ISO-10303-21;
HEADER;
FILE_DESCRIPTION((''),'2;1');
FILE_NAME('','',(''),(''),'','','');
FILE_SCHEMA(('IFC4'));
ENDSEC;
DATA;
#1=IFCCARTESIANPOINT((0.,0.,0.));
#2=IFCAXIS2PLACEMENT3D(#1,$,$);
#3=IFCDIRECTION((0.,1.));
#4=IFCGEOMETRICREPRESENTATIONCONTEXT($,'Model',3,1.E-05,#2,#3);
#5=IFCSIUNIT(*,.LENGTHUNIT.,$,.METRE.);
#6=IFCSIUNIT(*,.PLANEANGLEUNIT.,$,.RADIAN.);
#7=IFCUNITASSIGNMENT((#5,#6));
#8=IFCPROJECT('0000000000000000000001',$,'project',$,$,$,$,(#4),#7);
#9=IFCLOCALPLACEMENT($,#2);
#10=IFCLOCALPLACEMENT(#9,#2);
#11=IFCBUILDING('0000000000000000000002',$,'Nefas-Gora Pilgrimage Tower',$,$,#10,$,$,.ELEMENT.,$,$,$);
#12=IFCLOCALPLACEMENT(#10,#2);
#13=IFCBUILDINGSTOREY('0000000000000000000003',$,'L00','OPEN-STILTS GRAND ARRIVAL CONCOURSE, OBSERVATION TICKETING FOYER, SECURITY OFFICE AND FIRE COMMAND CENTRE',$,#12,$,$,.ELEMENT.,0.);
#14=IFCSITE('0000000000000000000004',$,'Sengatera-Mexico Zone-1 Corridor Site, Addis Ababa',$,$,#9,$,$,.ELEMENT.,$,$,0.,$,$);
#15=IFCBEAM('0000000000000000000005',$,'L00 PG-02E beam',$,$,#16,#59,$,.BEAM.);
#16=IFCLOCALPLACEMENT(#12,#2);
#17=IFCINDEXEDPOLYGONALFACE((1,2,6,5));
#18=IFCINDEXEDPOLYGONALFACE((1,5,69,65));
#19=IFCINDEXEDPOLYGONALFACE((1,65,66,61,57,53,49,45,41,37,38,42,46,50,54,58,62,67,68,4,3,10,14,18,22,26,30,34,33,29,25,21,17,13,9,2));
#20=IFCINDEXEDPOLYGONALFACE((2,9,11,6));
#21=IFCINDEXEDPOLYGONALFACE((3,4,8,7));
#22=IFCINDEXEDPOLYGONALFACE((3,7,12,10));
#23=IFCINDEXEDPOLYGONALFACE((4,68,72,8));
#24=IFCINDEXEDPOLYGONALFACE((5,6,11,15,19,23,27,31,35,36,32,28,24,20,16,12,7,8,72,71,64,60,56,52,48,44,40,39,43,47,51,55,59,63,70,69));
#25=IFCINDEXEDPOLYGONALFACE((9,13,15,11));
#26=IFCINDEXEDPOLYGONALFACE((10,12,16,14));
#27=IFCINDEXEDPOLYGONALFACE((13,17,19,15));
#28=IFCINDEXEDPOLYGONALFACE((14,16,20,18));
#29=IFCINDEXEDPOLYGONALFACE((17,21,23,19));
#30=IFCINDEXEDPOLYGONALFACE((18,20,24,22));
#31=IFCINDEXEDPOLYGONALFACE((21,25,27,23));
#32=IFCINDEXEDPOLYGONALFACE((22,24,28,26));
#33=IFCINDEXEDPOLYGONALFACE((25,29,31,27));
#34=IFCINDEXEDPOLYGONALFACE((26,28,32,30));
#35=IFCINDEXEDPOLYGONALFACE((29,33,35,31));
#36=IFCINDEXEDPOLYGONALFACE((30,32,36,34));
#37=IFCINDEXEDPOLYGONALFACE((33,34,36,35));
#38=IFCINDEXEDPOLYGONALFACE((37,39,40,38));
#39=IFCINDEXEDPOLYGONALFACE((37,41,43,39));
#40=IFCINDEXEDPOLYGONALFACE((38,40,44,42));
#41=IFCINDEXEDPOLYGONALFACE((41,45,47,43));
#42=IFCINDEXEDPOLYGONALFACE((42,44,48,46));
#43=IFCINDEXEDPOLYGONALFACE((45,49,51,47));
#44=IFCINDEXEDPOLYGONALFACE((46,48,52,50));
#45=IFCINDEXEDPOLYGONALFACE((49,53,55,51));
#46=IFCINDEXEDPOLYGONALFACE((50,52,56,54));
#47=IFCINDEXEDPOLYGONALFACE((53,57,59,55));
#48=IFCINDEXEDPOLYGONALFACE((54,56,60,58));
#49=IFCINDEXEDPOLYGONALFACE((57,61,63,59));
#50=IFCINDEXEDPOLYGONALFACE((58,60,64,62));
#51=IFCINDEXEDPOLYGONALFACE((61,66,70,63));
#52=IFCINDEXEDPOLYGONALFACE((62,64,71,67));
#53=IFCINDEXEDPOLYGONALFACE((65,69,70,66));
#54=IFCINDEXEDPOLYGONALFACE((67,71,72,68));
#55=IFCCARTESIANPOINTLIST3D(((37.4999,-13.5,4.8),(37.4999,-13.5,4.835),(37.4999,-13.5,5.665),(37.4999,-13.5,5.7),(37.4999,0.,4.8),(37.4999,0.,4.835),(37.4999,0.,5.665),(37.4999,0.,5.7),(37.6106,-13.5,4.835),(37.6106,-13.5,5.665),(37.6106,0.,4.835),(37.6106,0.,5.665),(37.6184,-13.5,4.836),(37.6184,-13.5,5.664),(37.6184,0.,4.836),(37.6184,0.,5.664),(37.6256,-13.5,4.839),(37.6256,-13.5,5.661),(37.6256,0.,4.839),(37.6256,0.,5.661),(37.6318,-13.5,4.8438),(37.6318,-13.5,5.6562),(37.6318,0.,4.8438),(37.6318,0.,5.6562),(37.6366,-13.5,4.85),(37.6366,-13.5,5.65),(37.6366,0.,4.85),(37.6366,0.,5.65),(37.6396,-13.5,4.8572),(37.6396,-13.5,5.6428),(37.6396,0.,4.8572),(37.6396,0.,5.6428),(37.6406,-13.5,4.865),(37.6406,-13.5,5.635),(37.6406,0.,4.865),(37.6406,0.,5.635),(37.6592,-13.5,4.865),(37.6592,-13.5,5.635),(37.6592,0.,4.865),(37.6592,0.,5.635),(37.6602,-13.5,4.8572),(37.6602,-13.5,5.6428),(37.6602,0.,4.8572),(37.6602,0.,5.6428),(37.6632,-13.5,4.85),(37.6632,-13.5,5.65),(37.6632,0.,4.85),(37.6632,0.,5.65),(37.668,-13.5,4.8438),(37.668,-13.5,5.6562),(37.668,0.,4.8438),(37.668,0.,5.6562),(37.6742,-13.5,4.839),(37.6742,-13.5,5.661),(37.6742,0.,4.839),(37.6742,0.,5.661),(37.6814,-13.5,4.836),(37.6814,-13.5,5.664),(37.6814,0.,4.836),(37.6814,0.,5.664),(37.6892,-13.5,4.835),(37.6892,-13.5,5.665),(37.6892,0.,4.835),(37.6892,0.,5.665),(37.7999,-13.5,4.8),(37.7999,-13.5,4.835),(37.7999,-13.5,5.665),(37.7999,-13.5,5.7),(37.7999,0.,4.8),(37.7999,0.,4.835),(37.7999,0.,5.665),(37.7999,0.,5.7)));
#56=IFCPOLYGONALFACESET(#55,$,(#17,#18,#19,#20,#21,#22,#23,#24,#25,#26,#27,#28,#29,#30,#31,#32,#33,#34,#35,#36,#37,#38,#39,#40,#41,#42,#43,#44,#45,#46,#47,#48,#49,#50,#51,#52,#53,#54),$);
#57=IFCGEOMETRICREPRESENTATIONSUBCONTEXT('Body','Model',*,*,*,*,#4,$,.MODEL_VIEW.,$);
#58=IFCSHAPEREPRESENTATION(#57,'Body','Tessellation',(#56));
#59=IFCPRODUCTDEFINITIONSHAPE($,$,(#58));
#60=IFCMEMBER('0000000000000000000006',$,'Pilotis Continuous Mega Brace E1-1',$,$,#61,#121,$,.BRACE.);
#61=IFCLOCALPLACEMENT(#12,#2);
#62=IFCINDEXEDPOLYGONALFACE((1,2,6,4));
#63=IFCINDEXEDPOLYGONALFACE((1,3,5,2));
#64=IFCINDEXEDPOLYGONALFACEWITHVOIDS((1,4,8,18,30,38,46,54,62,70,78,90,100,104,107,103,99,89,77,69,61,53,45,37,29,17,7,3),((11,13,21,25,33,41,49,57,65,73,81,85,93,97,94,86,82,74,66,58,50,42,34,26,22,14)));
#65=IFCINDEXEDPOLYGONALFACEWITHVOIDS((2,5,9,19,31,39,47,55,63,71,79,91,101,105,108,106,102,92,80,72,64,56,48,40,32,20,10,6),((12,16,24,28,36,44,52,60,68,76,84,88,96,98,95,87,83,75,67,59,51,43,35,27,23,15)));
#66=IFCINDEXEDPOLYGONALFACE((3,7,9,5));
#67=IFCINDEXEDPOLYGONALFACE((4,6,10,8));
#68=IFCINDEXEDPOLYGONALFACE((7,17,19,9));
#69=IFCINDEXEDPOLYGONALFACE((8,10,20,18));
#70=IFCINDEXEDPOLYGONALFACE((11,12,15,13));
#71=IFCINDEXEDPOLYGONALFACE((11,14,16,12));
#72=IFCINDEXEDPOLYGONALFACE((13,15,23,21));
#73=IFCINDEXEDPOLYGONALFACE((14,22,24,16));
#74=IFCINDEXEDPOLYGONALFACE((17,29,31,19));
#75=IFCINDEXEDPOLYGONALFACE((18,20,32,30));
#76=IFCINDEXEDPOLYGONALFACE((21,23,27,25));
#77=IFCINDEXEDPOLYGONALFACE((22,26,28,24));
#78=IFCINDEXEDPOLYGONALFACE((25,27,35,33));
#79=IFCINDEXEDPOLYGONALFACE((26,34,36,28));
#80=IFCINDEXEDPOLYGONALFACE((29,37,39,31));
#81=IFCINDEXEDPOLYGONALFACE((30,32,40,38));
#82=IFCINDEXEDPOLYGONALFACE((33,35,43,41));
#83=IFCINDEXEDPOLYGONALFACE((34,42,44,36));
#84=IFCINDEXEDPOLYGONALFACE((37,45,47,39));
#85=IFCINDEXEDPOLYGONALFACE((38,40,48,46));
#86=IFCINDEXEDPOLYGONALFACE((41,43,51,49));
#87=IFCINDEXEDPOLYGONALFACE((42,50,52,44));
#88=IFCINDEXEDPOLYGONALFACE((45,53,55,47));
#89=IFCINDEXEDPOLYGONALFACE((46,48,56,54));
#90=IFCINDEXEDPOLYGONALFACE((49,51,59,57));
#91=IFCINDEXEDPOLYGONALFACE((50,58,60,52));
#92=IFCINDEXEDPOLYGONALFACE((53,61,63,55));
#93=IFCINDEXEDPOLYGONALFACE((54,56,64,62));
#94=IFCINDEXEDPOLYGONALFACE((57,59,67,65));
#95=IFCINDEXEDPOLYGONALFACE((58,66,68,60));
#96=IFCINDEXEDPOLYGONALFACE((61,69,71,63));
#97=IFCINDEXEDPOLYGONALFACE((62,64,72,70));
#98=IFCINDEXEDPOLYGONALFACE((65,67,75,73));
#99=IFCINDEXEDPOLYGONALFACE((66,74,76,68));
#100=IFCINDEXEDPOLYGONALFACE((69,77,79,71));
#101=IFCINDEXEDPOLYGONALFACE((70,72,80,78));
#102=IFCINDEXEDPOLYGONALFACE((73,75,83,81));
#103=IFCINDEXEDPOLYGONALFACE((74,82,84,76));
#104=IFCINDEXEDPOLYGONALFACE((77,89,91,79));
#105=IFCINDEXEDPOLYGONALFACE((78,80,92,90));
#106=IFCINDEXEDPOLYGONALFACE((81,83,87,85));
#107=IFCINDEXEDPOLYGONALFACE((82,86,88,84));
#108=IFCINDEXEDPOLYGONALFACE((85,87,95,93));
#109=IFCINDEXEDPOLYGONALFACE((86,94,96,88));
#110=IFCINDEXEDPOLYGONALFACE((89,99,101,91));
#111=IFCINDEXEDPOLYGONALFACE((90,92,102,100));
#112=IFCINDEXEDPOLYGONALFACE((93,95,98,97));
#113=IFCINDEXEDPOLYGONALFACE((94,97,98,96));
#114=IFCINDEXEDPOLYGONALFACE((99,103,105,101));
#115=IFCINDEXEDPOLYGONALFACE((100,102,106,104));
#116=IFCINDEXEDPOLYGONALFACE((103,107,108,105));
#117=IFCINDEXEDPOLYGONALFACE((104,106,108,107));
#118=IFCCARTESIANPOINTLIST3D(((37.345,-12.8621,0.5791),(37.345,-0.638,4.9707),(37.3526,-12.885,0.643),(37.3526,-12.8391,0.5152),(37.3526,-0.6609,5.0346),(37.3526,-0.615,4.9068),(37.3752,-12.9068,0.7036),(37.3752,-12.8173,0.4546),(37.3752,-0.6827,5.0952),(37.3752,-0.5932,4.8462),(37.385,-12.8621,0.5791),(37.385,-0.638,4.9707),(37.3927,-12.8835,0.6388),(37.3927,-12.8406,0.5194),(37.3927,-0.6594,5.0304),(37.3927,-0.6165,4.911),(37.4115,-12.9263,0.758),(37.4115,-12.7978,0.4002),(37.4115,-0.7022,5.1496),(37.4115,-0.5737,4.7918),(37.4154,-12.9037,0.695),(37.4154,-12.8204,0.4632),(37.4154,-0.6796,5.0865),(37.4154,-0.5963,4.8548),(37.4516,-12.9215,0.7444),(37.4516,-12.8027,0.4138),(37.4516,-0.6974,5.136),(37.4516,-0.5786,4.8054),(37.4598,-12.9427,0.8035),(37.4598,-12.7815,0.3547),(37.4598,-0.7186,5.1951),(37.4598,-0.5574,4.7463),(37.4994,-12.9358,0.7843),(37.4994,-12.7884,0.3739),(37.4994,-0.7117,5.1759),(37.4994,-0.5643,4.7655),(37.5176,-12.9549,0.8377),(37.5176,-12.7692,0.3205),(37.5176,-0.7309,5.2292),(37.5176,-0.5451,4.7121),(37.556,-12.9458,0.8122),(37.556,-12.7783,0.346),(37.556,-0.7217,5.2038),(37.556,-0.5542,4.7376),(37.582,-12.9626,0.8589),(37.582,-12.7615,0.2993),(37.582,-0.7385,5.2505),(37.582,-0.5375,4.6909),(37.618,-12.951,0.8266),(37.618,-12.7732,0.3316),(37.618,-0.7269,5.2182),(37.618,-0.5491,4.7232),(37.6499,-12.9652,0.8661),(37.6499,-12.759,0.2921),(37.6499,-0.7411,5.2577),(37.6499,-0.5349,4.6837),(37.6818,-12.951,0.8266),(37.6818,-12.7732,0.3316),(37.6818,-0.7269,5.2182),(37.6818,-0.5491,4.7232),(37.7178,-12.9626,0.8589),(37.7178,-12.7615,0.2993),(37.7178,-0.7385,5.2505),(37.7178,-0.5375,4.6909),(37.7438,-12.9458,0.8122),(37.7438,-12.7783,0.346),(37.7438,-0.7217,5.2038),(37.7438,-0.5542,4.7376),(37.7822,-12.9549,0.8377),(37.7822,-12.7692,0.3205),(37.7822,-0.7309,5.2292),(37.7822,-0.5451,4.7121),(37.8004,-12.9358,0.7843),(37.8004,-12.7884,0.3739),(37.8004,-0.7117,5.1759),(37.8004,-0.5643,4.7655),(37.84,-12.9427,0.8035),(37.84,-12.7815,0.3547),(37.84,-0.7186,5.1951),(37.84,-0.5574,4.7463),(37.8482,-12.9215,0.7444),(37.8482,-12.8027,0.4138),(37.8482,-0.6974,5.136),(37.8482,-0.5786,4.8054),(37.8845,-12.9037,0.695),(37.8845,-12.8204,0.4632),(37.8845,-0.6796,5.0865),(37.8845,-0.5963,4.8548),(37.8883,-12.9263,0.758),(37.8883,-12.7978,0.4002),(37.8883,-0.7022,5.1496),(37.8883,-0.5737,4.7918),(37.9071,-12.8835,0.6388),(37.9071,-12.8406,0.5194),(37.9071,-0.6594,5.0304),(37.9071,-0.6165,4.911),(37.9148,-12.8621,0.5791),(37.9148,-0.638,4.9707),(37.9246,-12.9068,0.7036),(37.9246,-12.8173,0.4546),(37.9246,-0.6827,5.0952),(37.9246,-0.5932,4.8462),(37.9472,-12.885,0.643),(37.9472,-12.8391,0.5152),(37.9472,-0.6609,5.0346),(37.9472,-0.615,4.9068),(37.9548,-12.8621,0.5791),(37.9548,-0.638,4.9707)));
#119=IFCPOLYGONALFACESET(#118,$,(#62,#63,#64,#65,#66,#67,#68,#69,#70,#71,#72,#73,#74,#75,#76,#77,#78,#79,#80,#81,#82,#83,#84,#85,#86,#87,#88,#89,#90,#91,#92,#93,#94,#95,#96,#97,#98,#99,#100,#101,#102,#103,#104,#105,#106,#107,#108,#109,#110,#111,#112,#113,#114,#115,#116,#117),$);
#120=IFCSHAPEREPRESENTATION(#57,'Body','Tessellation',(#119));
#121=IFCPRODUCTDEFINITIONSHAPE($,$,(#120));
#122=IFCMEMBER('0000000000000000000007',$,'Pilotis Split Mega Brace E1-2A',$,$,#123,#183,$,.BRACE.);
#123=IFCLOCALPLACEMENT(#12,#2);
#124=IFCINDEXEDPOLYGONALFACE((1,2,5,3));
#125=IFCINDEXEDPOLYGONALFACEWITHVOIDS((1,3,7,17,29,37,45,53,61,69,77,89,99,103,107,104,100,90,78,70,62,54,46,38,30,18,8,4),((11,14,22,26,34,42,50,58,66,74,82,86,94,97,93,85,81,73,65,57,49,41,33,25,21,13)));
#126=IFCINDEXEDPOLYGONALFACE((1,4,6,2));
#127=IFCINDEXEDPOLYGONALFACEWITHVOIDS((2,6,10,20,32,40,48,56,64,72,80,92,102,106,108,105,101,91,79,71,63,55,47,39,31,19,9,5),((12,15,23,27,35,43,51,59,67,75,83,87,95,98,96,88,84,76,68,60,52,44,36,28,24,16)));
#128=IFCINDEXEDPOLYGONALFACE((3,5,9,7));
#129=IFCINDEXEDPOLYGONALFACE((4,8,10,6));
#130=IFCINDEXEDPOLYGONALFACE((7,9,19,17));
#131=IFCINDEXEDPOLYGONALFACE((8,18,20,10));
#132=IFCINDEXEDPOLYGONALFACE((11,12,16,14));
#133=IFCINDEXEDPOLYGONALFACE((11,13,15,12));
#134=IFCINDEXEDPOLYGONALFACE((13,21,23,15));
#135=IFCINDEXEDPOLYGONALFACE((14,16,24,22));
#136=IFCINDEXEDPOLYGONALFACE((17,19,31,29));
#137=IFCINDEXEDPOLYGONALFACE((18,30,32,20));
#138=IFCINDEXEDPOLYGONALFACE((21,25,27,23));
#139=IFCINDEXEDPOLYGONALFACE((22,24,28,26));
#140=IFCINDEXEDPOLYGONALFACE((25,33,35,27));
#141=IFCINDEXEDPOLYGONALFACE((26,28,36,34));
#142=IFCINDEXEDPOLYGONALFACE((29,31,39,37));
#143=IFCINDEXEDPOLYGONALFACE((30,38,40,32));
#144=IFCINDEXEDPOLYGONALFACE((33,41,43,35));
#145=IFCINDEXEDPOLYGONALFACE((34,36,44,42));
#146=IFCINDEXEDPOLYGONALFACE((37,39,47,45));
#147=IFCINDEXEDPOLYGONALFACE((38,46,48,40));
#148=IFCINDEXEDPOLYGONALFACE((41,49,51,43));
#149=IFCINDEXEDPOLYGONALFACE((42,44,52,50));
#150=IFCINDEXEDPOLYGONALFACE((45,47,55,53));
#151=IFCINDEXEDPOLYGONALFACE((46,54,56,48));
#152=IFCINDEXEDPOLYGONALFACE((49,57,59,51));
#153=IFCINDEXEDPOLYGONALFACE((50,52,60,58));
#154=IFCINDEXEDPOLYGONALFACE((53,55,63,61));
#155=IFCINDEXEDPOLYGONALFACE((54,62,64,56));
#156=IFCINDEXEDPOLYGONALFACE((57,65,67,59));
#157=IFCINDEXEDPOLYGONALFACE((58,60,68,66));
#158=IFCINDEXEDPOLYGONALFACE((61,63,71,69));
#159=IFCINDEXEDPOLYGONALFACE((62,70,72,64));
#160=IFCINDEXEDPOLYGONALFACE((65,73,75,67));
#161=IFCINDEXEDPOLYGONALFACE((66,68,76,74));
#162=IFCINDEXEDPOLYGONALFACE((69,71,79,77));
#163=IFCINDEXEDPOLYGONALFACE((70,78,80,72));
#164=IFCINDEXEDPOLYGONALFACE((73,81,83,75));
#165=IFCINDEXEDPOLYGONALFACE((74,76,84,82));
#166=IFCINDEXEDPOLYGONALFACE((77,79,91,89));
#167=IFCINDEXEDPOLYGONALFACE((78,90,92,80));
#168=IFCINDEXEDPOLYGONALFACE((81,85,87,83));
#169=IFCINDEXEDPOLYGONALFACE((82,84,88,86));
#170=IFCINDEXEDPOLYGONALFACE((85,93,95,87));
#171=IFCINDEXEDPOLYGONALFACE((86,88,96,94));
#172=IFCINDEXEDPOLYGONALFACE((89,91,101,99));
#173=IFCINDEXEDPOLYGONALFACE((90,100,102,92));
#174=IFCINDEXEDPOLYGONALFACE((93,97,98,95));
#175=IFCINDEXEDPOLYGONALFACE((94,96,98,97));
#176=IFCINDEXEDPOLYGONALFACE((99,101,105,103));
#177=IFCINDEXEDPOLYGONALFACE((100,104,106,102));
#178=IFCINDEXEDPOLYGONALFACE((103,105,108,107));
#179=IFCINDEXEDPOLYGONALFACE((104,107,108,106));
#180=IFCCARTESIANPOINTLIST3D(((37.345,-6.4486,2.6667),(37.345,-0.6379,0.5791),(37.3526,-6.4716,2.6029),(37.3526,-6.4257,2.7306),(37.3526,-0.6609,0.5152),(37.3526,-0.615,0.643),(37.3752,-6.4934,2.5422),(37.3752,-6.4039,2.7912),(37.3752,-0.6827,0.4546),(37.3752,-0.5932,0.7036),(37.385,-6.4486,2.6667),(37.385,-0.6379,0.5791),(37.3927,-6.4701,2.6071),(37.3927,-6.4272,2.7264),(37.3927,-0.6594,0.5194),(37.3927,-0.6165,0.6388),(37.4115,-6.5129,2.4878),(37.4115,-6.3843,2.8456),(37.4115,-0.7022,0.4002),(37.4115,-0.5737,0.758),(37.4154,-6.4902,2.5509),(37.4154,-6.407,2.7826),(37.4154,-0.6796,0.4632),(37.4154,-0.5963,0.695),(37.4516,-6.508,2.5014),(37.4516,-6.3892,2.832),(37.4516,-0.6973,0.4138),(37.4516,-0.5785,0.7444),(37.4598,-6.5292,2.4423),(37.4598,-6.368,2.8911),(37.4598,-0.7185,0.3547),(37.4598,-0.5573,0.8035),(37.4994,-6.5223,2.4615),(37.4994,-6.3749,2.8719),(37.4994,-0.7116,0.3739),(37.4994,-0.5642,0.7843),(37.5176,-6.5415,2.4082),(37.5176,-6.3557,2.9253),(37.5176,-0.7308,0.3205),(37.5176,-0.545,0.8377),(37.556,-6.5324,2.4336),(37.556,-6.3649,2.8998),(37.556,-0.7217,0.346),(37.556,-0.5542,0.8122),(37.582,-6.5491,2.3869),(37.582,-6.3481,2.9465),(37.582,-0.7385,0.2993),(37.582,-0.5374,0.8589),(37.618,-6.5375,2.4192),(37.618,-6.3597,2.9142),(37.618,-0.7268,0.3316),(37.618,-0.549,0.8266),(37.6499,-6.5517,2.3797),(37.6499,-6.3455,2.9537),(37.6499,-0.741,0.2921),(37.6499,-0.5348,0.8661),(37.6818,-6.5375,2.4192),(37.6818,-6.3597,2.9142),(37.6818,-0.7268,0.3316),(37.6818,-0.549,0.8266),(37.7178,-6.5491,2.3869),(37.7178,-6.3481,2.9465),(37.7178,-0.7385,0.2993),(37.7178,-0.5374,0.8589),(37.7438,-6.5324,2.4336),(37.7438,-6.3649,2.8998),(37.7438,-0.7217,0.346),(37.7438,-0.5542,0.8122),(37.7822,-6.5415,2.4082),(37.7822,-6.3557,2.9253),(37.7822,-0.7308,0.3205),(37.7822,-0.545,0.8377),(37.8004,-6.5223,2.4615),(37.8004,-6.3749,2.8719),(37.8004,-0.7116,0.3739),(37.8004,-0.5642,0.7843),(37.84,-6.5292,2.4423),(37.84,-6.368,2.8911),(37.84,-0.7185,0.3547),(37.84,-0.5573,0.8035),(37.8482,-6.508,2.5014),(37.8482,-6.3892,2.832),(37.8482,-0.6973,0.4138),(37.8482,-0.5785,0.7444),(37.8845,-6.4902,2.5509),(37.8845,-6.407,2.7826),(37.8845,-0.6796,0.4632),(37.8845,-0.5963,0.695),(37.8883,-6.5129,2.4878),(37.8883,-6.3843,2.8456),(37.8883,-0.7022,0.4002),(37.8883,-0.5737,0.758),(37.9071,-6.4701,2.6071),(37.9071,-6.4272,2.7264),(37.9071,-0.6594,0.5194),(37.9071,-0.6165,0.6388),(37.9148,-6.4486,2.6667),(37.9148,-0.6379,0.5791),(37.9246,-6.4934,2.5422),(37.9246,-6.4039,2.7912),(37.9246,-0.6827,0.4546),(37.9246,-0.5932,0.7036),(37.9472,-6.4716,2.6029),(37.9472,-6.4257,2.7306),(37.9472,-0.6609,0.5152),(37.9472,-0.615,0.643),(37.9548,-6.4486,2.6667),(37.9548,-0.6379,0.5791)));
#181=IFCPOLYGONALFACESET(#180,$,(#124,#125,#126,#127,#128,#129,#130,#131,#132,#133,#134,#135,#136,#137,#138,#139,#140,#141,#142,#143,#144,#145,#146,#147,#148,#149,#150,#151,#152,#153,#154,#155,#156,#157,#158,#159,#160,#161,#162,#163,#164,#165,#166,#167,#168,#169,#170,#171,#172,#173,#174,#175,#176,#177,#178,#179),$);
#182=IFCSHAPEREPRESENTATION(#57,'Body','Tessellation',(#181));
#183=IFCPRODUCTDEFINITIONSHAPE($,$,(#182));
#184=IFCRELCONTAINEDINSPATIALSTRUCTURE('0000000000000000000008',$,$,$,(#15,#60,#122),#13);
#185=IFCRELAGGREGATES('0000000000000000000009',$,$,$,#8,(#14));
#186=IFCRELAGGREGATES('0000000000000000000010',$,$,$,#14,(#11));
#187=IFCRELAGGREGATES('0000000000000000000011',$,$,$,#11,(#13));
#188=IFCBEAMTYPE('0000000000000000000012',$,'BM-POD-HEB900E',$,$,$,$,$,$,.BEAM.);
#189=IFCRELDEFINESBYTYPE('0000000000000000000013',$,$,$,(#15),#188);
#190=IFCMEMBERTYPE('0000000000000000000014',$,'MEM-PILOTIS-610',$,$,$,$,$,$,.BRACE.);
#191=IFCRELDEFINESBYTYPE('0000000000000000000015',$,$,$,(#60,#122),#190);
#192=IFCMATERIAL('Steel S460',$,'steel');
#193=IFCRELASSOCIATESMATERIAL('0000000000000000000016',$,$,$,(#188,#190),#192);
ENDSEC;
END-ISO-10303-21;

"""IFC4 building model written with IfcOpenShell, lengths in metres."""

from ifc_helpers import new_model, si_unit, direction, frame, origin, origin_2d, place, context, subcontext, project, spatial, hollow_circle, i_section, extrude, source, transform, mapped, material, material_profile, profile_set, type_object, element, save


model = new_model("IFC4")

# Units and contexts
model_context = context("Model", 3, precision=1e-05, world=origin(), true_north=direction((0.0, 1.0)))
body_context = subcontext(model_context, "Body", "Model", "MODEL_VIEW")
ifc_project = project(units=[si_unit("LENGTHUNIT", "METRE"), si_unit("PLANEANGLEUNIT", "RADIAN")], contexts=[model_context])

# Site, building, storey
site_placement = place(None, origin())
site = spatial("IfcSite", under=ifc_project, at=site_placement, Name="Sengatera-Mexico Zone-1 Corridor Site, Addis Ababa", CompositionType="ELEMENT", RefElevation=0.0)
building_placement = place(site_placement, origin())
building = spatial("IfcBuilding", under=site, at=building_placement, Name="Nefas-Gora Pilgrimage Tower", CompositionType="ELEMENT")
storey_placement = place(building_placement, origin())
storey = spatial("IfcBuildingStorey", under=building, at=storey_placement, Name="L00", Description="OPEN-STILTS GRAND ARRIVAL CONCOURSE, OBSERVATION TICKETING FOYER, SECURITY OFFICE AND FIRE COMMAND CENTRE", CompositionType="ELEMENT", Elevation=0.0)

# Shared definitions
ifc_material_1 = material(Name="Steel S460", Category="steel")

# Beam
ifc_material_profile_1 = material_profile(ifc_material_1, i_section(OverallWidth=0.3, OverallDepth=0.8999, WebThickness=0.0186, FlangeThickness=0.0349, FilletRadius=0.03, at=origin_2d()), Name="HEB 900")
ifc_profile_set_1 = profile_set([ifc_material_profile_1], Name="Steel S460")
beam_type_1 = type_object("IfcBeamType", Name="BM-POD-HEB900E", PredefinedType="BEAM", material=ifc_profile_set_1)
shared_shape_1 = source(origin(), body_context, "Body", "SweptSolid", [
    extrude(i_section(OverallWidth=0.3, OverallDepth=0.8999, WebThickness=0.0186, FlangeThickness=0.0349, FilletRadius=0.03, at=origin_2d()), origin(), (0.0, 0.0, 1.0), 13.5),
])
beam_1_placement = place(storey_placement, frame((37.6499, -13.5, 5.25), z_axis=(0.0, 1.0, 0.0), x_axis=(-1.0, 0.0, 0.0)))
element("IfcBeam", 1, at=beam_1_placement, inside=storey, type_object=beam_type_1, Name="L00 PG-02E beam", PredefinedType="BEAM", context=body_context, shape_type="MappedRepresentation", body=[
    mapped(shared_shape_1, transform((0.0, 0.0, 0.0), x_axis=(1.0, 0.0, 0.0), y_axis=(0.0, 1.0, 0.0), z_axis=(0.0, 0.0, 1.0), scale=1.0)),
])

# Members
ifc_material_profile_2 = material_profile(ifc_material_1, hollow_circle(Radius=0.3049, WallThickness=0.04, at=origin_2d()), Name="CHS 610x40")
ifc_profile_set_2 = profile_set([ifc_material_profile_2], Name="Steel S460")
member_type = type_object("IfcMemberType", Name="MEM-PILOTIS-610", PredefinedType="BRACE", material=ifc_profile_set_2)
shared_shape_2 = source(origin(), body_context, "Body", "SweptSolid", [
    extrude(hollow_circle(Radius=0.3049, WallThickness=0.04, at=origin_2d()), origin(), (0.0, 0.0, 1.0), 12.989),
])
member_placement = place(storey_placement, frame((37.6499, -12.8621, 0.5791), z_axis=(0.0, 0.94111, 0.3381), x_axis=(-1.0, 0.0, 0.0)))
element("IfcMember", 2, at=member_placement, inside=storey, type_object=member_type, Name="Pilotis Continuous Mega Brace E1-1", PredefinedType="BRACE", context=body_context, shape_type="MappedRepresentation", body=[
    mapped(shared_shape_2, transform((0.0, 0.0, 0.0), x_axis=(1.0, 0.0, 0.0), y_axis=(0.0, 1.0, 0.0), z_axis=(0.0, 0.0, 1.0), scale=1.0)),
])
shared_shape_3 = source(origin(), body_context, "Body", "SweptSolid", [
    extrude(hollow_circle(Radius=0.3049, WallThickness=0.04, at=origin_2d()), origin(), (0.0, 0.0, 1.0), 6.1743),
])
for number, where, z_axis, x_axis, name in (
    (3, (37.6499, -0.6379, 0.5791), (0.0, -0.941106, 0.338112), (1.0, 0.0, 0.0), "Pilotis Split Mega Brace E1-2A"),
):
    element("IfcMember", number, at=place(storey_placement, frame(where, z_axis=z_axis, x_axis=x_axis)), inside=storey, type_object=member_type, Name=name, PredefinedType="BRACE", context=body_context, shape_type="MappedRepresentation", body=[
        mapped(shared_shape_3, transform((0.0, 0.0, 0.0), x_axis=(1.0, 0.0, 0.0), y_axis=(0.0, 1.0, 0.0), z_axis=(0.0, 0.0, 1.0), scale=1.0)),
    ])

save(model, "model.ifc")
